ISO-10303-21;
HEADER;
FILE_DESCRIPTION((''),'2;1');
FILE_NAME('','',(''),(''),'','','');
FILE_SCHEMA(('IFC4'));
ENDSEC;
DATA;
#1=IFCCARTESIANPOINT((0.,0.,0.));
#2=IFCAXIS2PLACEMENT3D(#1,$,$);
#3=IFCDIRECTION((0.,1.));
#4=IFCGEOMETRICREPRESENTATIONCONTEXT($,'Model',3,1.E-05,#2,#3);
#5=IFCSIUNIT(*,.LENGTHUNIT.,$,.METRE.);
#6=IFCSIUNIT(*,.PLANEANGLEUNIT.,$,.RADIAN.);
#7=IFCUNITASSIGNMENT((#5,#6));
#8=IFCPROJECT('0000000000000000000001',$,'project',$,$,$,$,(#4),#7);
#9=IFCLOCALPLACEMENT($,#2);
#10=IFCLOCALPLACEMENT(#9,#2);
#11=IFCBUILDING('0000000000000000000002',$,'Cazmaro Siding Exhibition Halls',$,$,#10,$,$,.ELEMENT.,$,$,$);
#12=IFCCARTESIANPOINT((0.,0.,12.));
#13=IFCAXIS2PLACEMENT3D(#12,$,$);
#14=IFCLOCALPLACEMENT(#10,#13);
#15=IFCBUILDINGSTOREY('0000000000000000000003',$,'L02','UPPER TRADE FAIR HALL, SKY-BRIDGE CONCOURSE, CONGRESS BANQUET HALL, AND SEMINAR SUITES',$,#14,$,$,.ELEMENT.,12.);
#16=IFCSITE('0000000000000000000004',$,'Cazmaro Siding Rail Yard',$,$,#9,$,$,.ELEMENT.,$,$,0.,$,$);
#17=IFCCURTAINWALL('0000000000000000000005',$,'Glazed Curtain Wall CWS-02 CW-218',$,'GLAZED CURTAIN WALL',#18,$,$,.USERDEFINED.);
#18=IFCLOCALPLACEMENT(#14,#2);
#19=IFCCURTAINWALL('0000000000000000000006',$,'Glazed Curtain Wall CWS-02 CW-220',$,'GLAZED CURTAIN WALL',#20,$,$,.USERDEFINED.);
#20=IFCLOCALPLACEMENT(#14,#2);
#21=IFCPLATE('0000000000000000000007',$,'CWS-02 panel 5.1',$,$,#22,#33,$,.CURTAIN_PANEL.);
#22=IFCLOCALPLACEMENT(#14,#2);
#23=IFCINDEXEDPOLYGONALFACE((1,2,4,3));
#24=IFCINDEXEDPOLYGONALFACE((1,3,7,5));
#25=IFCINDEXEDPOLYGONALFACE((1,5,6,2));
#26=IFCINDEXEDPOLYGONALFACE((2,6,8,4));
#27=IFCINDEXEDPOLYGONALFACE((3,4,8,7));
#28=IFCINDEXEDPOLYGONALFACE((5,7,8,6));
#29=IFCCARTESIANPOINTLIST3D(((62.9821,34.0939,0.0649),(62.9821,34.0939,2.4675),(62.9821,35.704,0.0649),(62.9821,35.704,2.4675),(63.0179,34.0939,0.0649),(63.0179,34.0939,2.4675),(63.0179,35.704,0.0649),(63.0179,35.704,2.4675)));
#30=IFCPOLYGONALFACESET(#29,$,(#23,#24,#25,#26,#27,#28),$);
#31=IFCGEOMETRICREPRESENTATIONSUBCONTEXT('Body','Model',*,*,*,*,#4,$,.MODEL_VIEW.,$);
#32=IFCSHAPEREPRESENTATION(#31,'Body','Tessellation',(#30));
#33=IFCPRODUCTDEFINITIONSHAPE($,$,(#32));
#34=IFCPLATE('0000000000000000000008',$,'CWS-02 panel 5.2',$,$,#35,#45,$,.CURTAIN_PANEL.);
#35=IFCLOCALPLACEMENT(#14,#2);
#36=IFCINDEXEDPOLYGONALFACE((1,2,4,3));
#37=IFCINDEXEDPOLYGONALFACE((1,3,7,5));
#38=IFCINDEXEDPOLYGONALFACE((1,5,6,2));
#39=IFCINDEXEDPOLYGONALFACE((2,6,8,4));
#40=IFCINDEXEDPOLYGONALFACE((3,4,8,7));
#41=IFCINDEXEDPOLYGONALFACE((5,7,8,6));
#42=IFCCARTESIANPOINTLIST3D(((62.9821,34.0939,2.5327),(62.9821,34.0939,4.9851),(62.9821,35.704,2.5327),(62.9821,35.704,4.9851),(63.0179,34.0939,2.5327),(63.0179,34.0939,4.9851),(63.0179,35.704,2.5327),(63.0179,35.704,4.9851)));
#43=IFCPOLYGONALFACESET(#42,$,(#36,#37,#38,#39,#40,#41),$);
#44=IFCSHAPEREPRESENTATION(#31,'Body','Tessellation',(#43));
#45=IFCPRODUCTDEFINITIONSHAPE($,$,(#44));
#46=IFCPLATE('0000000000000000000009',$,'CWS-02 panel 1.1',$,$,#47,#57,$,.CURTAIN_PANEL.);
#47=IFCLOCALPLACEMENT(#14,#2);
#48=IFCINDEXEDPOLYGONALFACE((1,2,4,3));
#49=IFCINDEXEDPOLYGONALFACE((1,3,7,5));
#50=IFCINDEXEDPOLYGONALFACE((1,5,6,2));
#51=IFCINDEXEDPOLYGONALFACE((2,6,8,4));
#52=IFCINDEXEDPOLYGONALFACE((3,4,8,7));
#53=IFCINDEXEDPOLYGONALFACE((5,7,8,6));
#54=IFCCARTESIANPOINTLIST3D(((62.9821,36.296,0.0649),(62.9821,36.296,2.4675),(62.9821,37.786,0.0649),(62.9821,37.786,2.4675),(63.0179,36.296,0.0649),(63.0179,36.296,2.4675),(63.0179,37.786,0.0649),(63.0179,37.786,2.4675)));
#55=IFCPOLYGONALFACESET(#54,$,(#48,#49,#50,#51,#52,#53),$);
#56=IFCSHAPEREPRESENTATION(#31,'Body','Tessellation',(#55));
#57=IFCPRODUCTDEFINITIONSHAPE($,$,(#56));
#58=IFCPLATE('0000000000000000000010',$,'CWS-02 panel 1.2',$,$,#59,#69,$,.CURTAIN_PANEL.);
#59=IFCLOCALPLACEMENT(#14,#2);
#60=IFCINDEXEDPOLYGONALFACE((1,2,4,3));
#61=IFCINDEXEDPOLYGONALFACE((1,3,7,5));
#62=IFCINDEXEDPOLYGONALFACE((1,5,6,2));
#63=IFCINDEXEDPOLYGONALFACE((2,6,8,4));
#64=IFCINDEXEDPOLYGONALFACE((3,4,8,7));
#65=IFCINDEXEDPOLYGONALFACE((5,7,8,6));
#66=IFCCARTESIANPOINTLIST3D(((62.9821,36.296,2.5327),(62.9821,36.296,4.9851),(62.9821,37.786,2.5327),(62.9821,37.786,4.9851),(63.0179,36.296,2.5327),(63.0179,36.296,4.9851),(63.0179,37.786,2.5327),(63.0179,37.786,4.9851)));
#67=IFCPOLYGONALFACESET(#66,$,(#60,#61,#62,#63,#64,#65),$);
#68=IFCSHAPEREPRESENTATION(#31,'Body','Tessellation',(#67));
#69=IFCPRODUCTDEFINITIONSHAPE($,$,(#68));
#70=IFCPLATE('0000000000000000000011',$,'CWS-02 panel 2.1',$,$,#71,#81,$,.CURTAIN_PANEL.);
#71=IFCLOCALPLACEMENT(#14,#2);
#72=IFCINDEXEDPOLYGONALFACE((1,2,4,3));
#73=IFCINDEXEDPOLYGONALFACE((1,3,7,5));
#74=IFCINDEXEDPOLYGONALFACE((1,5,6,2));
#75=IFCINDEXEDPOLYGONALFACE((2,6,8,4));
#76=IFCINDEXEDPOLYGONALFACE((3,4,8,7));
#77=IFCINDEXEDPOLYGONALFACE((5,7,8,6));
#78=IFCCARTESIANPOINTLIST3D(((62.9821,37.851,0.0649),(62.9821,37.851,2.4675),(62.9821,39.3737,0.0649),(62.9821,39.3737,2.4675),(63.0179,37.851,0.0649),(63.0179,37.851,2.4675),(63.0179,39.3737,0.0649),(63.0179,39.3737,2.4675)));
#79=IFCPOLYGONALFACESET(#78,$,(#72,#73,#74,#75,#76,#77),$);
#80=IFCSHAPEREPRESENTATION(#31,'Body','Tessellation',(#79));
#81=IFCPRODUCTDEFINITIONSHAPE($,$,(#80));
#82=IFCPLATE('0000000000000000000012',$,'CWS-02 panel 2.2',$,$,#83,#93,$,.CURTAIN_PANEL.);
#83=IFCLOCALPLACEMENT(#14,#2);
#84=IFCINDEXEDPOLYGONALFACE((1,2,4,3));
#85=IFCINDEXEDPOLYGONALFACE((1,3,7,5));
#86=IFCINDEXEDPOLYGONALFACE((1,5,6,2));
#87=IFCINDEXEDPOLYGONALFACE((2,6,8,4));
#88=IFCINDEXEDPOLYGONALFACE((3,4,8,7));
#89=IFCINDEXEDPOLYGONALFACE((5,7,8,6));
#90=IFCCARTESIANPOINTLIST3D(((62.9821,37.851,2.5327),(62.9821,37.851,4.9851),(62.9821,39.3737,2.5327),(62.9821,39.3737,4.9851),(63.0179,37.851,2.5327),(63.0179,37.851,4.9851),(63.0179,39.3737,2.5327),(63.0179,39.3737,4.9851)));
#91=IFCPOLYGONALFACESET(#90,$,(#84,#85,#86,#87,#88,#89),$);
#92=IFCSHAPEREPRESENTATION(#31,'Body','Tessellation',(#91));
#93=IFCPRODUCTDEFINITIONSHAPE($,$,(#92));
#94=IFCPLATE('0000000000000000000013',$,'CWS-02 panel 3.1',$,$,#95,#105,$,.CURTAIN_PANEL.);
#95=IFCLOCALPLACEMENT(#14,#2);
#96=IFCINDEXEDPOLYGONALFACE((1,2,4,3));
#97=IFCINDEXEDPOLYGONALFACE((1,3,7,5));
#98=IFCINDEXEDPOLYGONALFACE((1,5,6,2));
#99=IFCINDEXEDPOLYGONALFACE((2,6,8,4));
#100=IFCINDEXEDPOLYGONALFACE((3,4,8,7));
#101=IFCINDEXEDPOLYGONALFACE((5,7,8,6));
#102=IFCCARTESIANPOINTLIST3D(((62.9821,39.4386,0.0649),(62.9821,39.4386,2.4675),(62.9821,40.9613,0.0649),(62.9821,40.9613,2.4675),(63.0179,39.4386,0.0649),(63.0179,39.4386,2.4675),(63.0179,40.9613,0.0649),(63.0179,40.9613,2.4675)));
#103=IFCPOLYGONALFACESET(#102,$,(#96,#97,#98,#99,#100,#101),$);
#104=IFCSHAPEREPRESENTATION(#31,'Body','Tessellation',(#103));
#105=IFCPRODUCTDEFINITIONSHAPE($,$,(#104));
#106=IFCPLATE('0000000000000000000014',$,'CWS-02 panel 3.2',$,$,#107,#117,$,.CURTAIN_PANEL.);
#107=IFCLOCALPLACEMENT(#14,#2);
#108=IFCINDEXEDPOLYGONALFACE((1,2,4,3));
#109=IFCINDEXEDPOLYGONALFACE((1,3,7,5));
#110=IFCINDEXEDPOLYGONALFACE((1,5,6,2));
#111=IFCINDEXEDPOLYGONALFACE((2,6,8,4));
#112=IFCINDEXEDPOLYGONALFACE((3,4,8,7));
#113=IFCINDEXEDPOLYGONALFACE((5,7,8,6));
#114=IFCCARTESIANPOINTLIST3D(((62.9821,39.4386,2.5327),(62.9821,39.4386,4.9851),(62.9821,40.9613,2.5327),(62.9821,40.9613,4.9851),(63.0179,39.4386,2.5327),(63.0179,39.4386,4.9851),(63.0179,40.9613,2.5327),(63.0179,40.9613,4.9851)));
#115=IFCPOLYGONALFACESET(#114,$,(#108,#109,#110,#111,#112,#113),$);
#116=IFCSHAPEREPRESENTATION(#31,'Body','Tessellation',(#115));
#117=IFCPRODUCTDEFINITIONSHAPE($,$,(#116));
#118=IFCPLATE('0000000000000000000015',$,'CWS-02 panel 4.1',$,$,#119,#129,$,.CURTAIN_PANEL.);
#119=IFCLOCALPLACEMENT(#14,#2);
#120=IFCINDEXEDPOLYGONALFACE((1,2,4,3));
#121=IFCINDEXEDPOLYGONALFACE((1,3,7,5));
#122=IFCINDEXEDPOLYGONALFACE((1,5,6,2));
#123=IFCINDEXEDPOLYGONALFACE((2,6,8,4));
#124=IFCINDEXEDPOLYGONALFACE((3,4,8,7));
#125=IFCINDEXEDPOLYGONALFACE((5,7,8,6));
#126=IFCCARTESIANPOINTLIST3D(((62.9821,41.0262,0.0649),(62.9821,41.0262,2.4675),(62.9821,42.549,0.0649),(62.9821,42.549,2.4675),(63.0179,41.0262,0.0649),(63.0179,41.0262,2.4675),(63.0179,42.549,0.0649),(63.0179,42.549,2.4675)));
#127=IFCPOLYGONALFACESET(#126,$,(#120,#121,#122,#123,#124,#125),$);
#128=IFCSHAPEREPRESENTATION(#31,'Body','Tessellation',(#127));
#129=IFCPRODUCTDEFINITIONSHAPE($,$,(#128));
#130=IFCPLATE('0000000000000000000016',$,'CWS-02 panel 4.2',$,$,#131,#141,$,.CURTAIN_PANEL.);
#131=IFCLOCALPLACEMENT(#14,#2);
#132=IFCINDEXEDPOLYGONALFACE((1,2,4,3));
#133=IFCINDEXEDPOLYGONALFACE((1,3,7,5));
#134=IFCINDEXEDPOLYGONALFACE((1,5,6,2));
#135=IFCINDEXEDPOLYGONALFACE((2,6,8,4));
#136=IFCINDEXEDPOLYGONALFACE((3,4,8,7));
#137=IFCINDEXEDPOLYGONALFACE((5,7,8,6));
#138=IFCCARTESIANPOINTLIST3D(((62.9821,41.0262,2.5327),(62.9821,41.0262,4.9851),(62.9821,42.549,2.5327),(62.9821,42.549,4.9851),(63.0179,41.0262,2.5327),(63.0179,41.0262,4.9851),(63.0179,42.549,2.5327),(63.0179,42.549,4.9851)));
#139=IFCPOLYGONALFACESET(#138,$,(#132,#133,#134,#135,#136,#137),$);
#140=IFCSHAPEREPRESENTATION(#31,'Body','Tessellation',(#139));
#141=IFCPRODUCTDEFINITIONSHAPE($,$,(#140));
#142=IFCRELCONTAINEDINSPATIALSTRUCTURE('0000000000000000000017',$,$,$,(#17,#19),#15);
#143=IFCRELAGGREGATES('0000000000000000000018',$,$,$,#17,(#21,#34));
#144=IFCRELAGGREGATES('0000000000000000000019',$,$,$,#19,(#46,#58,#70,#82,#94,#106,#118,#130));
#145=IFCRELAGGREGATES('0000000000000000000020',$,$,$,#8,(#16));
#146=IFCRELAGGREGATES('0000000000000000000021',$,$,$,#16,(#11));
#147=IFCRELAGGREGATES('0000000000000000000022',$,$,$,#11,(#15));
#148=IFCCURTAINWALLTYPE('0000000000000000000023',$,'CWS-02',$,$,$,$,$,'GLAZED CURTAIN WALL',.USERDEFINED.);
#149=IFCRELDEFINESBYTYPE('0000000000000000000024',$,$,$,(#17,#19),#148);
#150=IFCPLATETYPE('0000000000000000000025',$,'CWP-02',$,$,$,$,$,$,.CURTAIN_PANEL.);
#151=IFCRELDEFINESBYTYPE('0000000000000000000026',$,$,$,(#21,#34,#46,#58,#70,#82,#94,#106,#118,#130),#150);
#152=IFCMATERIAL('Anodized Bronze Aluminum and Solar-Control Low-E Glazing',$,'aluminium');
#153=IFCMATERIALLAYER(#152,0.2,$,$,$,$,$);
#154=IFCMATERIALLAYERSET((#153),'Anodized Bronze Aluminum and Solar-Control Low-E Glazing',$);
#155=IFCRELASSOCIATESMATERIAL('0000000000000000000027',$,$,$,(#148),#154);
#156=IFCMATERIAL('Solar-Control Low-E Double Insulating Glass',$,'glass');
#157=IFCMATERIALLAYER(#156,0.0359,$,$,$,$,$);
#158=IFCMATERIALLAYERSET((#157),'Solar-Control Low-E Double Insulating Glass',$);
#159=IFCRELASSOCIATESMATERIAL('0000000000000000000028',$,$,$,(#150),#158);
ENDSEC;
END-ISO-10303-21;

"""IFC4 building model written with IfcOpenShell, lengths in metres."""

from ifc_helpers import new_model, si_unit, direction, frame, origin, origin_2d, place, context, subcontext, project, spatial, rectangle, extrude, material, layer, layer_set, type_object, element, aggregate, save


model = new_model("IFC4")

# Units and contexts
model_context = context("Model", 3, precision=1e-05, world=origin(), true_north=direction((0.0, 1.0)))
body_context = subcontext(model_context, "Body", "Model", "MODEL_VIEW")
ifc_project = project(units=[si_unit("LENGTHUNIT", "METRE"), si_unit("PLANEANGLEUNIT", "RADIAN")], contexts=[model_context])

# Site, building, storey
site_placement = place(None, origin())
site = spatial("IfcSite", under=ifc_project, at=site_placement, Name="Cazmaro Siding Rail Yard", CompositionType="ELEMENT", RefElevation=0.0)
building_placement = place(site_placement, origin())
building = spatial("IfcBuilding", under=site, at=building_placement, Name="Cazmaro Siding Exhibition Halls", CompositionType="ELEMENT")
storey_placement = place(building_placement, frame((0.0, 0.0, 12.0)))
storey = spatial("IfcBuildingStorey", under=building, at=storey_placement, Name="L02", Description="UPPER TRADE FAIR HALL, SKY-BRIDGE CONCOURSE, CONGRESS BANQUET HALL, AND SEMINAR SUITES", CompositionType="ELEMENT", Elevation=12.0)

# Curtain walls
ifc_material_1 = material(Name="Anodized Bronze Aluminum and Solar-Control Low-E Glazing", Category="aluminium")
ifc_layer_1 = layer(ifc_material_1, 0.2)
ifc_layer_set_1 = layer_set([ifc_layer_1], Name="Anodized Bronze Aluminum and Solar-Control Low-E Glazing")
curtain_wall_type = type_object("IfcCurtainWallType", Name="CWS-02", ElementType="GLAZED CURTAIN WALL", PredefinedType="USERDEFINED", material=ifc_layer_set_1)
curtain_wall_1_placement = place(storey_placement, origin())
curtain_wall_1 = element("IfcCurtainWall", 1, at=curtain_wall_1_placement, inside=storey, type_object=curtain_wall_type, Name="Glazed Curtain Wall CWS-02 CW-218", ObjectType="GLAZED CURTAIN WALL", PredefinedType="USERDEFINED")
curtain_wall_2_placement = place(storey_placement, origin())
curtain_wall_2 = element("IfcCurtainWall", 2, at=curtain_wall_2_placement, inside=storey, type_object=curtain_wall_type, Name="Glazed Curtain Wall CWS-02 CW-220", ObjectType="GLAZED CURTAIN WALL", PredefinedType="USERDEFINED")

# Plates
ifc_material_2 = material(Name="Solar-Control Low-E Double Insulating Glass", Category="glass")
ifc_layer_2 = layer(ifc_material_2, 0.0359)
ifc_layer_set_2 = layer_set([ifc_layer_2], Name="Solar-Control Low-E Double Insulating Glass")
plate_type = type_object("IfcPlateType", Name="CWP-02", PredefinedType="CURTAIN_PANEL", material=ifc_layer_set_2)
plate_1_placement = place(storey_placement, frame((63.0, 34.8989, 0.0649), z_axis=(0.0, 0.0, 1.0), x_axis=(0.0, 1.0, 0.0)))
plate_1 = element("IfcPlate", 3, at=plate_1_placement, type_object=plate_type, Name="CWS-02 panel 5.1", PredefinedType="CURTAIN_PANEL", context=body_context, shape_type="SweptSolid", body=[
    extrude(rectangle(XDim=1.6101, YDim=0.0359, at=origin_2d()), origin(), (0.0, 0.0, 1.0), 2.4026),
])
plate_2_placement = place(storey_placement, frame((63.0, 34.8989, 2.5327), z_axis=(0.0, 0.0, 1.0), x_axis=(0.0, 1.0, 0.0)))
plate_2 = element("IfcPlate", 4, at=plate_2_placement, type_object=plate_type, Name="CWS-02 panel 5.2", PredefinedType="CURTAIN_PANEL", context=body_context, shape_type="SweptSolid", body=[
    extrude(rectangle(XDim=1.6101, YDim=0.0359, at=origin_2d()), origin(), (0.0, 0.0, 1.0), 2.4524),
])
aggregate(curtain_wall_1, [plate_1, plate_2])
plate_3_placement = place(storey_placement, frame((63.0, 37.041, 0.0649), z_axis=(0.0, 0.0, 1.0), x_axis=(0.0, 1.0, 0.0)))
plate_3 = element("IfcPlate", 5, at=plate_3_placement, type_object=plate_type, Name="CWS-02 panel 1.1", PredefinedType="CURTAIN_PANEL", context=body_context, shape_type="SweptSolid", body=[
    extrude(rectangle(XDim=1.49, YDim=0.0359, at=origin_2d()), origin(), (0.0, 0.0, 1.0), 2.4026),
])
plate_4_placement = place(storey_placement, frame((63.0, 37.041, 2.5327), z_axis=(0.0, 0.0, 1.0), x_axis=(0.0, 1.0, 0.0)))
plate_4 = element("IfcPlate", 6, at=plate_4_placement, type_object=plate_type, Name="CWS-02 panel 1.2", PredefinedType="CURTAIN_PANEL", context=body_context, shape_type="SweptSolid", body=[
    extrude(rectangle(XDim=1.49, YDim=0.0359, at=origin_2d()), origin(), (0.0, 0.0, 1.0), 2.4524),
])
plate_5_placement = place(storey_placement, frame((63.0, 38.6123, 0.0649), z_axis=(0.0, 0.0, 1.0), x_axis=(0.0, 1.0, 0.0)))
plate_5 = element("IfcPlate", 7, at=plate_5_placement, type_object=plate_type, Name="CWS-02 panel 2.1", PredefinedType="CURTAIN_PANEL", context=body_context, shape_type="SweptSolid", body=[
    extrude(rectangle(XDim=1.5227, YDim=0.0359, at=origin_2d()), origin(), (0.0, 0.0, 1.0), 2.4026),
])
plate_6_placement = place(storey_placement, frame((63.0, 38.6123, 2.5327), z_axis=(0.0, 0.0, 1.0), x_axis=(0.0, 1.0, 0.0)))
plate_6 = element("IfcPlate", 8, at=plate_6_placement, type_object=plate_type, Name="CWS-02 panel 2.2", PredefinedType="CURTAIN_PANEL", context=body_context, shape_type="SweptSolid", body=[
    extrude(rectangle(XDim=1.5227, YDim=0.0359, at=origin_2d()), origin(), (0.0, 0.0, 1.0), 2.4524),
])
plate_7_placement = place(storey_placement, frame((63.0, 40.2, 0.0649), z_axis=(0.0, 0.0, 1.0), x_axis=(0.0, 1.0, 0.0)))
plate_7 = element("IfcPlate", 9, at=plate_7_placement, type_object=plate_type, Name="CWS-02 panel 3.1", PredefinedType="CURTAIN_PANEL", context=body_context, shape_type="SweptSolid", body=[
    extrude(rectangle(XDim=1.5227, YDim=0.0359, at=origin_2d()), origin(), (0.0, 0.0, 1.0), 2.4026),
])
plate_8_placement = place(storey_placement, frame((63.0, 40.2, 2.5327), z_axis=(0.0, 0.0, 1.0), x_axis=(0.0, 1.0, 0.0)))
plate_8 = element("IfcPlate", 10, at=plate_8_placement, type_object=plate_type, Name="CWS-02 panel 3.2", PredefinedType="CURTAIN_PANEL", context=body_context, shape_type="SweptSolid", body=[
    extrude(rectangle(XDim=1.5227, YDim=0.0359, at=origin_2d()), origin(), (0.0, 0.0, 1.0), 2.4524),
])
plate_9_placement = place(storey_placement, frame((63.0, 41.7876, 0.0649), z_axis=(0.0, 0.0, 1.0), x_axis=(0.0, 1.0, 0.0)))
plate_9 = element("IfcPlate", 11, at=plate_9_placement, type_object=plate_type, Name="CWS-02 panel 4.1", PredefinedType="CURTAIN_PANEL", context=body_context, shape_type="SweptSolid", body=[
    extrude(rectangle(XDim=1.5227, YDim=0.0359, at=origin_2d()), origin(), (0.0, 0.0, 1.0), 2.4026),
])
plate_10_placement = place(storey_placement, frame((63.0, 41.7876, 2.5327), z_axis=(0.0, 0.0, 1.0), x_axis=(0.0, 1.0, 0.0)))
plate_10 = element("IfcPlate", 12, at=plate_10_placement, type_object=plate_type, Name="CWS-02 panel 4.2", PredefinedType="CURTAIN_PANEL", context=body_context, shape_type="SweptSolid", body=[
    extrude(rectangle(XDim=1.5227, YDim=0.0359, at=origin_2d()), origin(), (0.0, 0.0, 1.0), 2.4524),
])
aggregate(curtain_wall_2, [plate_3, plate_4, plate_5, plate_6, plate_7, plate_8, plate_9, plate_10])

save(model, "model.ifc")
